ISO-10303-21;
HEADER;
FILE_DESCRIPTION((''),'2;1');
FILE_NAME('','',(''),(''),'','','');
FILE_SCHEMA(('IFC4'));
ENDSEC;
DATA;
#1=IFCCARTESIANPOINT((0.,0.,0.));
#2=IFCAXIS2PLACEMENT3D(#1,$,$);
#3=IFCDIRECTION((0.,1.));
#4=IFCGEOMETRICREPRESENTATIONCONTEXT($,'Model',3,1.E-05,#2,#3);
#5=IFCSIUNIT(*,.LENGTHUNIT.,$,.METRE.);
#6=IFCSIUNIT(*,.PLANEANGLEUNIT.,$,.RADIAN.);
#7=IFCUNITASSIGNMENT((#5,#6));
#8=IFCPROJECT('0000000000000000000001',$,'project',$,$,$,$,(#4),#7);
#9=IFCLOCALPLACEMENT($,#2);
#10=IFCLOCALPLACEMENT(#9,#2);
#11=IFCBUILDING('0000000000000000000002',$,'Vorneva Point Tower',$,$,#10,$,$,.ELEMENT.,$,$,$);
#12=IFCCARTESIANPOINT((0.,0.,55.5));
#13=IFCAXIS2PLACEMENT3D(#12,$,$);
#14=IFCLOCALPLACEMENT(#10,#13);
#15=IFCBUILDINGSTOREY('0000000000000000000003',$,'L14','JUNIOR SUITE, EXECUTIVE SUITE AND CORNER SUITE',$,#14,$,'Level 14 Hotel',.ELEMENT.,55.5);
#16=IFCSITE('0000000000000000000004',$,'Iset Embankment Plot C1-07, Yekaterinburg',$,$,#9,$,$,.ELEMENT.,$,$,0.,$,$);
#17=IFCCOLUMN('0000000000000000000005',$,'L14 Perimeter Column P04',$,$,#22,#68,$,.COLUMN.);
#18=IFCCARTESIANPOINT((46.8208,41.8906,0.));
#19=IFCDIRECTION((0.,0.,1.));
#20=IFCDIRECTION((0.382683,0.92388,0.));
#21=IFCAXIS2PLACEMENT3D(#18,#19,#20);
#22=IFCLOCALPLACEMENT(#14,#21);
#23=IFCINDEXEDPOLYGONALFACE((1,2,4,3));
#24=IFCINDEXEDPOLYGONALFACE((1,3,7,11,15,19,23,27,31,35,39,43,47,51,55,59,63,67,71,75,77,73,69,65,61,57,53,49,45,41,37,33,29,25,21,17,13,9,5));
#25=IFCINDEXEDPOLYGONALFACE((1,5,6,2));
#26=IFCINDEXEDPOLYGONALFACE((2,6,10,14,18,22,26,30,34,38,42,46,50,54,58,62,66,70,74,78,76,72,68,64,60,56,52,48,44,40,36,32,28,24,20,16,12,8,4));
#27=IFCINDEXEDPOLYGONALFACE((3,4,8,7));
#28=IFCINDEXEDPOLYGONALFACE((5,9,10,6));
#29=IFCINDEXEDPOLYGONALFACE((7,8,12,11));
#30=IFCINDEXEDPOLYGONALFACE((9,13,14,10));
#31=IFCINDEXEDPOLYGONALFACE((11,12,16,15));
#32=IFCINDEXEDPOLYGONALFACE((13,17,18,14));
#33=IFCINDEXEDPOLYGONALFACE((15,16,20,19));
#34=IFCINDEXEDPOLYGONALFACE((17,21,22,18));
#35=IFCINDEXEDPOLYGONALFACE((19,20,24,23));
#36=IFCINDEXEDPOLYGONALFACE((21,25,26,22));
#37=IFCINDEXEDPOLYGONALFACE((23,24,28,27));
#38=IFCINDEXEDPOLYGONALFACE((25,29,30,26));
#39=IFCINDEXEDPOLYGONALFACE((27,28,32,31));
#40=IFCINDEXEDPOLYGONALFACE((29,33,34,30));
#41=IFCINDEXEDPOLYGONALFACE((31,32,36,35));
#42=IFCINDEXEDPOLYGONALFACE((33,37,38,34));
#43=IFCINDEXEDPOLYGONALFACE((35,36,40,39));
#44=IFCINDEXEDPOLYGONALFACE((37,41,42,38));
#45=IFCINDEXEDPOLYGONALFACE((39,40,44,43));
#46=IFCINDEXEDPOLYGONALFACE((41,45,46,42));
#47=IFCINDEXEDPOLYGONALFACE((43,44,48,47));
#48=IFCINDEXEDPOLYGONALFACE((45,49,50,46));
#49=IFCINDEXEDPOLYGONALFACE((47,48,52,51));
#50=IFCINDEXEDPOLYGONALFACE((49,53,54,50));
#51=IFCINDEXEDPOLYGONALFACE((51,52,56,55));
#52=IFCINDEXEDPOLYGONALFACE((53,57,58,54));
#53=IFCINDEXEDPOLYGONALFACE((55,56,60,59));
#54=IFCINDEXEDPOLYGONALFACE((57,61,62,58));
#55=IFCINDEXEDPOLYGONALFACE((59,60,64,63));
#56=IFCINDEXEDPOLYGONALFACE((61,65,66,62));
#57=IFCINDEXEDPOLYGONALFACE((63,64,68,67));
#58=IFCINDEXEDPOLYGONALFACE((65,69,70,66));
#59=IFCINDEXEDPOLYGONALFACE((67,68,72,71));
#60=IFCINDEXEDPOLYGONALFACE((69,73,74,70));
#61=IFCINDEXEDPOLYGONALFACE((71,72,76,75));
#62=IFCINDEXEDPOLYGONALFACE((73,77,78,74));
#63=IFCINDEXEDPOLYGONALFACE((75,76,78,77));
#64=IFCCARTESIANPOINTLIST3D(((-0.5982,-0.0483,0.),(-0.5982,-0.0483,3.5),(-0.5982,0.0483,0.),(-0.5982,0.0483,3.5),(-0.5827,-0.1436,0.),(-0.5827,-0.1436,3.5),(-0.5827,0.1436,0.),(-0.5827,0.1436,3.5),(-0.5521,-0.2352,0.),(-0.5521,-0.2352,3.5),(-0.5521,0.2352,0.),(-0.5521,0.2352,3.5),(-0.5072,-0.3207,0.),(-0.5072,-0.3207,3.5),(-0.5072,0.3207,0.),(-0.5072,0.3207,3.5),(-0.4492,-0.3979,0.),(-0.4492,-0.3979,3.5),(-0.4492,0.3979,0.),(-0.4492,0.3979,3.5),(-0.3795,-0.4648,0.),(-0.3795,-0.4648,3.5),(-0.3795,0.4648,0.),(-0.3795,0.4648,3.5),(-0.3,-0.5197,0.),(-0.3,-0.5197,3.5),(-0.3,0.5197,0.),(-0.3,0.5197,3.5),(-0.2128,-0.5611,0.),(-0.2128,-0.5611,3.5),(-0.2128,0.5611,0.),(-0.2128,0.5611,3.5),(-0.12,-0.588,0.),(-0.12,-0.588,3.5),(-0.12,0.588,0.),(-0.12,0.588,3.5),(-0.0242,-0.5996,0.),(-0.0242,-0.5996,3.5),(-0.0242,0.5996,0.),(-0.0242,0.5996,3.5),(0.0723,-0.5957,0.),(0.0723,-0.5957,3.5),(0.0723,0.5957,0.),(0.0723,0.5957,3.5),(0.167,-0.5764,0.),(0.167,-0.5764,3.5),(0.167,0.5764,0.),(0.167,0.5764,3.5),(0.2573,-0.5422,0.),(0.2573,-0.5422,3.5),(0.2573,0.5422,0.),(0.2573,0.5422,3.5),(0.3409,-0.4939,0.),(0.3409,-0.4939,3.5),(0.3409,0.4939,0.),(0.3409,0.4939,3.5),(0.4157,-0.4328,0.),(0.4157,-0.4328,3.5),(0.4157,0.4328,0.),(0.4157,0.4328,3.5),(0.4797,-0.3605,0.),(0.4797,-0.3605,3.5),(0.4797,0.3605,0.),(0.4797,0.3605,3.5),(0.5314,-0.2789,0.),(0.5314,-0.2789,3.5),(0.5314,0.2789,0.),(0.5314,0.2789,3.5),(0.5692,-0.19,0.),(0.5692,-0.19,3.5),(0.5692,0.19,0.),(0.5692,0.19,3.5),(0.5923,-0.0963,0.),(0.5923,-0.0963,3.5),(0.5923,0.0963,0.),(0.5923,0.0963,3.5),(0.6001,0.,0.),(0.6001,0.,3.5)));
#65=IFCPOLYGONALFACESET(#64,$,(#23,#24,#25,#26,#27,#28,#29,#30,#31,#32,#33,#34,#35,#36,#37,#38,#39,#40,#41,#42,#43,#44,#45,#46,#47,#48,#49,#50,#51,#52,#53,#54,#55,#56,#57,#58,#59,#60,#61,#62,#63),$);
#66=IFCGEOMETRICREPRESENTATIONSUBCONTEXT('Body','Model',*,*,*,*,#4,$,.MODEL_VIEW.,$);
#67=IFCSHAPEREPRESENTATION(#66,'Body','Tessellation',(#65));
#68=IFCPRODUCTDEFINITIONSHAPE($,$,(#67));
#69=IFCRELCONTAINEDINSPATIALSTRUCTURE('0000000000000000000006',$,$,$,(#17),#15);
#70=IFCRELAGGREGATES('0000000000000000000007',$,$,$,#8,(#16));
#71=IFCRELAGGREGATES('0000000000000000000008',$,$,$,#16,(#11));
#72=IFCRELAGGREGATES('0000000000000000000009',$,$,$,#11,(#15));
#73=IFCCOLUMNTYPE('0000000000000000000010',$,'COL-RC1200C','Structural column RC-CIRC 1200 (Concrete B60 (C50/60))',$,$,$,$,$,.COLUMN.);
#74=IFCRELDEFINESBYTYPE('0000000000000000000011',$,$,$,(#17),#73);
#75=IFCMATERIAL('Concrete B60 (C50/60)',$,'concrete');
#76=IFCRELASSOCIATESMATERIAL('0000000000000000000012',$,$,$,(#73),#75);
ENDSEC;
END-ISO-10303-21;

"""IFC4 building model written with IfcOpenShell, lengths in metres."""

from ifc_helpers import new_model, si_unit, direction, frame, origin, origin_2d, place, context, subcontext, project, spatial, circle, extrude, material, material_profile, profile_set, type_object, element, save


model = new_model("IFC4")

# Units and contexts
model_context = context("Model", 3, precision=1e-05, world=origin(), true_north=direction((0.0, 1.0)))
body_context = subcontext(model_context, "Body", "Model", "MODEL_VIEW")
ifc_project = project(units=[si_unit("LENGTHUNIT", "METRE"), si_unit("PLANEANGLEUNIT", "RADIAN")], contexts=[model_context])

# Site, building, storey
site_placement = place(None, origin())
site = spatial("IfcSite", under=ifc_project, at=site_placement, Name="Iset Embankment Plot C1-07, Yekaterinburg", CompositionType="ELEMENT", RefElevation=0.0)
building_placement = place(site_placement, origin())
building = spatial("IfcBuilding", under=site, at=building_placement, Name="Vorneva Point Tower", CompositionType="ELEMENT")
storey_placement = place(building_placement, frame((0.0, 0.0, 55.5)))
storey = spatial("IfcBuildingStorey", under=building, at=storey_placement, Name="L14", Description="JUNIOR SUITE, EXECUTIVE SUITE AND CORNER SUITE", LongName="Level 14 Hotel", CompositionType="ELEMENT", Elevation=55.5)

# Column
ifc_material_1 = material(Name="Concrete B60 (C50/60)", Category="concrete")
ifc_material_profile_1 = material_profile(ifc_material_1, circle(Radius=0.6001, at=origin_2d()), Name="RC-CIRC 1200")
ifc_profile_set_1 = profile_set([ifc_material_profile_1], Name="Concrete B60 (C50/60)")
column_type_1 = type_object("IfcColumnType", Name="COL-RC1200C", Description="Structural column RC-CIRC 1200 (Concrete B60 (C50/60))", PredefinedType="COLUMN", material=ifc_profile_set_1)
column_placement = place(storey_placement, frame((46.8208, 41.8906, 0.0), z_axis=(0.0, 0.0, 1.0), x_axis=(0.382683, 0.92388, 0.0)))
element("IfcColumn", 1, at=column_placement, inside=storey, type_object=column_type_1, Name="L14 Perimeter Column P04", PredefinedType="COLUMN", context=body_context, shape_type="SweptSolid", body=[
    extrude(circle(Radius=0.6001, at=origin_2d()), origin(), (0.0, 0.0, 1.0), 3.5),
])

save(model, "model.ifc")
